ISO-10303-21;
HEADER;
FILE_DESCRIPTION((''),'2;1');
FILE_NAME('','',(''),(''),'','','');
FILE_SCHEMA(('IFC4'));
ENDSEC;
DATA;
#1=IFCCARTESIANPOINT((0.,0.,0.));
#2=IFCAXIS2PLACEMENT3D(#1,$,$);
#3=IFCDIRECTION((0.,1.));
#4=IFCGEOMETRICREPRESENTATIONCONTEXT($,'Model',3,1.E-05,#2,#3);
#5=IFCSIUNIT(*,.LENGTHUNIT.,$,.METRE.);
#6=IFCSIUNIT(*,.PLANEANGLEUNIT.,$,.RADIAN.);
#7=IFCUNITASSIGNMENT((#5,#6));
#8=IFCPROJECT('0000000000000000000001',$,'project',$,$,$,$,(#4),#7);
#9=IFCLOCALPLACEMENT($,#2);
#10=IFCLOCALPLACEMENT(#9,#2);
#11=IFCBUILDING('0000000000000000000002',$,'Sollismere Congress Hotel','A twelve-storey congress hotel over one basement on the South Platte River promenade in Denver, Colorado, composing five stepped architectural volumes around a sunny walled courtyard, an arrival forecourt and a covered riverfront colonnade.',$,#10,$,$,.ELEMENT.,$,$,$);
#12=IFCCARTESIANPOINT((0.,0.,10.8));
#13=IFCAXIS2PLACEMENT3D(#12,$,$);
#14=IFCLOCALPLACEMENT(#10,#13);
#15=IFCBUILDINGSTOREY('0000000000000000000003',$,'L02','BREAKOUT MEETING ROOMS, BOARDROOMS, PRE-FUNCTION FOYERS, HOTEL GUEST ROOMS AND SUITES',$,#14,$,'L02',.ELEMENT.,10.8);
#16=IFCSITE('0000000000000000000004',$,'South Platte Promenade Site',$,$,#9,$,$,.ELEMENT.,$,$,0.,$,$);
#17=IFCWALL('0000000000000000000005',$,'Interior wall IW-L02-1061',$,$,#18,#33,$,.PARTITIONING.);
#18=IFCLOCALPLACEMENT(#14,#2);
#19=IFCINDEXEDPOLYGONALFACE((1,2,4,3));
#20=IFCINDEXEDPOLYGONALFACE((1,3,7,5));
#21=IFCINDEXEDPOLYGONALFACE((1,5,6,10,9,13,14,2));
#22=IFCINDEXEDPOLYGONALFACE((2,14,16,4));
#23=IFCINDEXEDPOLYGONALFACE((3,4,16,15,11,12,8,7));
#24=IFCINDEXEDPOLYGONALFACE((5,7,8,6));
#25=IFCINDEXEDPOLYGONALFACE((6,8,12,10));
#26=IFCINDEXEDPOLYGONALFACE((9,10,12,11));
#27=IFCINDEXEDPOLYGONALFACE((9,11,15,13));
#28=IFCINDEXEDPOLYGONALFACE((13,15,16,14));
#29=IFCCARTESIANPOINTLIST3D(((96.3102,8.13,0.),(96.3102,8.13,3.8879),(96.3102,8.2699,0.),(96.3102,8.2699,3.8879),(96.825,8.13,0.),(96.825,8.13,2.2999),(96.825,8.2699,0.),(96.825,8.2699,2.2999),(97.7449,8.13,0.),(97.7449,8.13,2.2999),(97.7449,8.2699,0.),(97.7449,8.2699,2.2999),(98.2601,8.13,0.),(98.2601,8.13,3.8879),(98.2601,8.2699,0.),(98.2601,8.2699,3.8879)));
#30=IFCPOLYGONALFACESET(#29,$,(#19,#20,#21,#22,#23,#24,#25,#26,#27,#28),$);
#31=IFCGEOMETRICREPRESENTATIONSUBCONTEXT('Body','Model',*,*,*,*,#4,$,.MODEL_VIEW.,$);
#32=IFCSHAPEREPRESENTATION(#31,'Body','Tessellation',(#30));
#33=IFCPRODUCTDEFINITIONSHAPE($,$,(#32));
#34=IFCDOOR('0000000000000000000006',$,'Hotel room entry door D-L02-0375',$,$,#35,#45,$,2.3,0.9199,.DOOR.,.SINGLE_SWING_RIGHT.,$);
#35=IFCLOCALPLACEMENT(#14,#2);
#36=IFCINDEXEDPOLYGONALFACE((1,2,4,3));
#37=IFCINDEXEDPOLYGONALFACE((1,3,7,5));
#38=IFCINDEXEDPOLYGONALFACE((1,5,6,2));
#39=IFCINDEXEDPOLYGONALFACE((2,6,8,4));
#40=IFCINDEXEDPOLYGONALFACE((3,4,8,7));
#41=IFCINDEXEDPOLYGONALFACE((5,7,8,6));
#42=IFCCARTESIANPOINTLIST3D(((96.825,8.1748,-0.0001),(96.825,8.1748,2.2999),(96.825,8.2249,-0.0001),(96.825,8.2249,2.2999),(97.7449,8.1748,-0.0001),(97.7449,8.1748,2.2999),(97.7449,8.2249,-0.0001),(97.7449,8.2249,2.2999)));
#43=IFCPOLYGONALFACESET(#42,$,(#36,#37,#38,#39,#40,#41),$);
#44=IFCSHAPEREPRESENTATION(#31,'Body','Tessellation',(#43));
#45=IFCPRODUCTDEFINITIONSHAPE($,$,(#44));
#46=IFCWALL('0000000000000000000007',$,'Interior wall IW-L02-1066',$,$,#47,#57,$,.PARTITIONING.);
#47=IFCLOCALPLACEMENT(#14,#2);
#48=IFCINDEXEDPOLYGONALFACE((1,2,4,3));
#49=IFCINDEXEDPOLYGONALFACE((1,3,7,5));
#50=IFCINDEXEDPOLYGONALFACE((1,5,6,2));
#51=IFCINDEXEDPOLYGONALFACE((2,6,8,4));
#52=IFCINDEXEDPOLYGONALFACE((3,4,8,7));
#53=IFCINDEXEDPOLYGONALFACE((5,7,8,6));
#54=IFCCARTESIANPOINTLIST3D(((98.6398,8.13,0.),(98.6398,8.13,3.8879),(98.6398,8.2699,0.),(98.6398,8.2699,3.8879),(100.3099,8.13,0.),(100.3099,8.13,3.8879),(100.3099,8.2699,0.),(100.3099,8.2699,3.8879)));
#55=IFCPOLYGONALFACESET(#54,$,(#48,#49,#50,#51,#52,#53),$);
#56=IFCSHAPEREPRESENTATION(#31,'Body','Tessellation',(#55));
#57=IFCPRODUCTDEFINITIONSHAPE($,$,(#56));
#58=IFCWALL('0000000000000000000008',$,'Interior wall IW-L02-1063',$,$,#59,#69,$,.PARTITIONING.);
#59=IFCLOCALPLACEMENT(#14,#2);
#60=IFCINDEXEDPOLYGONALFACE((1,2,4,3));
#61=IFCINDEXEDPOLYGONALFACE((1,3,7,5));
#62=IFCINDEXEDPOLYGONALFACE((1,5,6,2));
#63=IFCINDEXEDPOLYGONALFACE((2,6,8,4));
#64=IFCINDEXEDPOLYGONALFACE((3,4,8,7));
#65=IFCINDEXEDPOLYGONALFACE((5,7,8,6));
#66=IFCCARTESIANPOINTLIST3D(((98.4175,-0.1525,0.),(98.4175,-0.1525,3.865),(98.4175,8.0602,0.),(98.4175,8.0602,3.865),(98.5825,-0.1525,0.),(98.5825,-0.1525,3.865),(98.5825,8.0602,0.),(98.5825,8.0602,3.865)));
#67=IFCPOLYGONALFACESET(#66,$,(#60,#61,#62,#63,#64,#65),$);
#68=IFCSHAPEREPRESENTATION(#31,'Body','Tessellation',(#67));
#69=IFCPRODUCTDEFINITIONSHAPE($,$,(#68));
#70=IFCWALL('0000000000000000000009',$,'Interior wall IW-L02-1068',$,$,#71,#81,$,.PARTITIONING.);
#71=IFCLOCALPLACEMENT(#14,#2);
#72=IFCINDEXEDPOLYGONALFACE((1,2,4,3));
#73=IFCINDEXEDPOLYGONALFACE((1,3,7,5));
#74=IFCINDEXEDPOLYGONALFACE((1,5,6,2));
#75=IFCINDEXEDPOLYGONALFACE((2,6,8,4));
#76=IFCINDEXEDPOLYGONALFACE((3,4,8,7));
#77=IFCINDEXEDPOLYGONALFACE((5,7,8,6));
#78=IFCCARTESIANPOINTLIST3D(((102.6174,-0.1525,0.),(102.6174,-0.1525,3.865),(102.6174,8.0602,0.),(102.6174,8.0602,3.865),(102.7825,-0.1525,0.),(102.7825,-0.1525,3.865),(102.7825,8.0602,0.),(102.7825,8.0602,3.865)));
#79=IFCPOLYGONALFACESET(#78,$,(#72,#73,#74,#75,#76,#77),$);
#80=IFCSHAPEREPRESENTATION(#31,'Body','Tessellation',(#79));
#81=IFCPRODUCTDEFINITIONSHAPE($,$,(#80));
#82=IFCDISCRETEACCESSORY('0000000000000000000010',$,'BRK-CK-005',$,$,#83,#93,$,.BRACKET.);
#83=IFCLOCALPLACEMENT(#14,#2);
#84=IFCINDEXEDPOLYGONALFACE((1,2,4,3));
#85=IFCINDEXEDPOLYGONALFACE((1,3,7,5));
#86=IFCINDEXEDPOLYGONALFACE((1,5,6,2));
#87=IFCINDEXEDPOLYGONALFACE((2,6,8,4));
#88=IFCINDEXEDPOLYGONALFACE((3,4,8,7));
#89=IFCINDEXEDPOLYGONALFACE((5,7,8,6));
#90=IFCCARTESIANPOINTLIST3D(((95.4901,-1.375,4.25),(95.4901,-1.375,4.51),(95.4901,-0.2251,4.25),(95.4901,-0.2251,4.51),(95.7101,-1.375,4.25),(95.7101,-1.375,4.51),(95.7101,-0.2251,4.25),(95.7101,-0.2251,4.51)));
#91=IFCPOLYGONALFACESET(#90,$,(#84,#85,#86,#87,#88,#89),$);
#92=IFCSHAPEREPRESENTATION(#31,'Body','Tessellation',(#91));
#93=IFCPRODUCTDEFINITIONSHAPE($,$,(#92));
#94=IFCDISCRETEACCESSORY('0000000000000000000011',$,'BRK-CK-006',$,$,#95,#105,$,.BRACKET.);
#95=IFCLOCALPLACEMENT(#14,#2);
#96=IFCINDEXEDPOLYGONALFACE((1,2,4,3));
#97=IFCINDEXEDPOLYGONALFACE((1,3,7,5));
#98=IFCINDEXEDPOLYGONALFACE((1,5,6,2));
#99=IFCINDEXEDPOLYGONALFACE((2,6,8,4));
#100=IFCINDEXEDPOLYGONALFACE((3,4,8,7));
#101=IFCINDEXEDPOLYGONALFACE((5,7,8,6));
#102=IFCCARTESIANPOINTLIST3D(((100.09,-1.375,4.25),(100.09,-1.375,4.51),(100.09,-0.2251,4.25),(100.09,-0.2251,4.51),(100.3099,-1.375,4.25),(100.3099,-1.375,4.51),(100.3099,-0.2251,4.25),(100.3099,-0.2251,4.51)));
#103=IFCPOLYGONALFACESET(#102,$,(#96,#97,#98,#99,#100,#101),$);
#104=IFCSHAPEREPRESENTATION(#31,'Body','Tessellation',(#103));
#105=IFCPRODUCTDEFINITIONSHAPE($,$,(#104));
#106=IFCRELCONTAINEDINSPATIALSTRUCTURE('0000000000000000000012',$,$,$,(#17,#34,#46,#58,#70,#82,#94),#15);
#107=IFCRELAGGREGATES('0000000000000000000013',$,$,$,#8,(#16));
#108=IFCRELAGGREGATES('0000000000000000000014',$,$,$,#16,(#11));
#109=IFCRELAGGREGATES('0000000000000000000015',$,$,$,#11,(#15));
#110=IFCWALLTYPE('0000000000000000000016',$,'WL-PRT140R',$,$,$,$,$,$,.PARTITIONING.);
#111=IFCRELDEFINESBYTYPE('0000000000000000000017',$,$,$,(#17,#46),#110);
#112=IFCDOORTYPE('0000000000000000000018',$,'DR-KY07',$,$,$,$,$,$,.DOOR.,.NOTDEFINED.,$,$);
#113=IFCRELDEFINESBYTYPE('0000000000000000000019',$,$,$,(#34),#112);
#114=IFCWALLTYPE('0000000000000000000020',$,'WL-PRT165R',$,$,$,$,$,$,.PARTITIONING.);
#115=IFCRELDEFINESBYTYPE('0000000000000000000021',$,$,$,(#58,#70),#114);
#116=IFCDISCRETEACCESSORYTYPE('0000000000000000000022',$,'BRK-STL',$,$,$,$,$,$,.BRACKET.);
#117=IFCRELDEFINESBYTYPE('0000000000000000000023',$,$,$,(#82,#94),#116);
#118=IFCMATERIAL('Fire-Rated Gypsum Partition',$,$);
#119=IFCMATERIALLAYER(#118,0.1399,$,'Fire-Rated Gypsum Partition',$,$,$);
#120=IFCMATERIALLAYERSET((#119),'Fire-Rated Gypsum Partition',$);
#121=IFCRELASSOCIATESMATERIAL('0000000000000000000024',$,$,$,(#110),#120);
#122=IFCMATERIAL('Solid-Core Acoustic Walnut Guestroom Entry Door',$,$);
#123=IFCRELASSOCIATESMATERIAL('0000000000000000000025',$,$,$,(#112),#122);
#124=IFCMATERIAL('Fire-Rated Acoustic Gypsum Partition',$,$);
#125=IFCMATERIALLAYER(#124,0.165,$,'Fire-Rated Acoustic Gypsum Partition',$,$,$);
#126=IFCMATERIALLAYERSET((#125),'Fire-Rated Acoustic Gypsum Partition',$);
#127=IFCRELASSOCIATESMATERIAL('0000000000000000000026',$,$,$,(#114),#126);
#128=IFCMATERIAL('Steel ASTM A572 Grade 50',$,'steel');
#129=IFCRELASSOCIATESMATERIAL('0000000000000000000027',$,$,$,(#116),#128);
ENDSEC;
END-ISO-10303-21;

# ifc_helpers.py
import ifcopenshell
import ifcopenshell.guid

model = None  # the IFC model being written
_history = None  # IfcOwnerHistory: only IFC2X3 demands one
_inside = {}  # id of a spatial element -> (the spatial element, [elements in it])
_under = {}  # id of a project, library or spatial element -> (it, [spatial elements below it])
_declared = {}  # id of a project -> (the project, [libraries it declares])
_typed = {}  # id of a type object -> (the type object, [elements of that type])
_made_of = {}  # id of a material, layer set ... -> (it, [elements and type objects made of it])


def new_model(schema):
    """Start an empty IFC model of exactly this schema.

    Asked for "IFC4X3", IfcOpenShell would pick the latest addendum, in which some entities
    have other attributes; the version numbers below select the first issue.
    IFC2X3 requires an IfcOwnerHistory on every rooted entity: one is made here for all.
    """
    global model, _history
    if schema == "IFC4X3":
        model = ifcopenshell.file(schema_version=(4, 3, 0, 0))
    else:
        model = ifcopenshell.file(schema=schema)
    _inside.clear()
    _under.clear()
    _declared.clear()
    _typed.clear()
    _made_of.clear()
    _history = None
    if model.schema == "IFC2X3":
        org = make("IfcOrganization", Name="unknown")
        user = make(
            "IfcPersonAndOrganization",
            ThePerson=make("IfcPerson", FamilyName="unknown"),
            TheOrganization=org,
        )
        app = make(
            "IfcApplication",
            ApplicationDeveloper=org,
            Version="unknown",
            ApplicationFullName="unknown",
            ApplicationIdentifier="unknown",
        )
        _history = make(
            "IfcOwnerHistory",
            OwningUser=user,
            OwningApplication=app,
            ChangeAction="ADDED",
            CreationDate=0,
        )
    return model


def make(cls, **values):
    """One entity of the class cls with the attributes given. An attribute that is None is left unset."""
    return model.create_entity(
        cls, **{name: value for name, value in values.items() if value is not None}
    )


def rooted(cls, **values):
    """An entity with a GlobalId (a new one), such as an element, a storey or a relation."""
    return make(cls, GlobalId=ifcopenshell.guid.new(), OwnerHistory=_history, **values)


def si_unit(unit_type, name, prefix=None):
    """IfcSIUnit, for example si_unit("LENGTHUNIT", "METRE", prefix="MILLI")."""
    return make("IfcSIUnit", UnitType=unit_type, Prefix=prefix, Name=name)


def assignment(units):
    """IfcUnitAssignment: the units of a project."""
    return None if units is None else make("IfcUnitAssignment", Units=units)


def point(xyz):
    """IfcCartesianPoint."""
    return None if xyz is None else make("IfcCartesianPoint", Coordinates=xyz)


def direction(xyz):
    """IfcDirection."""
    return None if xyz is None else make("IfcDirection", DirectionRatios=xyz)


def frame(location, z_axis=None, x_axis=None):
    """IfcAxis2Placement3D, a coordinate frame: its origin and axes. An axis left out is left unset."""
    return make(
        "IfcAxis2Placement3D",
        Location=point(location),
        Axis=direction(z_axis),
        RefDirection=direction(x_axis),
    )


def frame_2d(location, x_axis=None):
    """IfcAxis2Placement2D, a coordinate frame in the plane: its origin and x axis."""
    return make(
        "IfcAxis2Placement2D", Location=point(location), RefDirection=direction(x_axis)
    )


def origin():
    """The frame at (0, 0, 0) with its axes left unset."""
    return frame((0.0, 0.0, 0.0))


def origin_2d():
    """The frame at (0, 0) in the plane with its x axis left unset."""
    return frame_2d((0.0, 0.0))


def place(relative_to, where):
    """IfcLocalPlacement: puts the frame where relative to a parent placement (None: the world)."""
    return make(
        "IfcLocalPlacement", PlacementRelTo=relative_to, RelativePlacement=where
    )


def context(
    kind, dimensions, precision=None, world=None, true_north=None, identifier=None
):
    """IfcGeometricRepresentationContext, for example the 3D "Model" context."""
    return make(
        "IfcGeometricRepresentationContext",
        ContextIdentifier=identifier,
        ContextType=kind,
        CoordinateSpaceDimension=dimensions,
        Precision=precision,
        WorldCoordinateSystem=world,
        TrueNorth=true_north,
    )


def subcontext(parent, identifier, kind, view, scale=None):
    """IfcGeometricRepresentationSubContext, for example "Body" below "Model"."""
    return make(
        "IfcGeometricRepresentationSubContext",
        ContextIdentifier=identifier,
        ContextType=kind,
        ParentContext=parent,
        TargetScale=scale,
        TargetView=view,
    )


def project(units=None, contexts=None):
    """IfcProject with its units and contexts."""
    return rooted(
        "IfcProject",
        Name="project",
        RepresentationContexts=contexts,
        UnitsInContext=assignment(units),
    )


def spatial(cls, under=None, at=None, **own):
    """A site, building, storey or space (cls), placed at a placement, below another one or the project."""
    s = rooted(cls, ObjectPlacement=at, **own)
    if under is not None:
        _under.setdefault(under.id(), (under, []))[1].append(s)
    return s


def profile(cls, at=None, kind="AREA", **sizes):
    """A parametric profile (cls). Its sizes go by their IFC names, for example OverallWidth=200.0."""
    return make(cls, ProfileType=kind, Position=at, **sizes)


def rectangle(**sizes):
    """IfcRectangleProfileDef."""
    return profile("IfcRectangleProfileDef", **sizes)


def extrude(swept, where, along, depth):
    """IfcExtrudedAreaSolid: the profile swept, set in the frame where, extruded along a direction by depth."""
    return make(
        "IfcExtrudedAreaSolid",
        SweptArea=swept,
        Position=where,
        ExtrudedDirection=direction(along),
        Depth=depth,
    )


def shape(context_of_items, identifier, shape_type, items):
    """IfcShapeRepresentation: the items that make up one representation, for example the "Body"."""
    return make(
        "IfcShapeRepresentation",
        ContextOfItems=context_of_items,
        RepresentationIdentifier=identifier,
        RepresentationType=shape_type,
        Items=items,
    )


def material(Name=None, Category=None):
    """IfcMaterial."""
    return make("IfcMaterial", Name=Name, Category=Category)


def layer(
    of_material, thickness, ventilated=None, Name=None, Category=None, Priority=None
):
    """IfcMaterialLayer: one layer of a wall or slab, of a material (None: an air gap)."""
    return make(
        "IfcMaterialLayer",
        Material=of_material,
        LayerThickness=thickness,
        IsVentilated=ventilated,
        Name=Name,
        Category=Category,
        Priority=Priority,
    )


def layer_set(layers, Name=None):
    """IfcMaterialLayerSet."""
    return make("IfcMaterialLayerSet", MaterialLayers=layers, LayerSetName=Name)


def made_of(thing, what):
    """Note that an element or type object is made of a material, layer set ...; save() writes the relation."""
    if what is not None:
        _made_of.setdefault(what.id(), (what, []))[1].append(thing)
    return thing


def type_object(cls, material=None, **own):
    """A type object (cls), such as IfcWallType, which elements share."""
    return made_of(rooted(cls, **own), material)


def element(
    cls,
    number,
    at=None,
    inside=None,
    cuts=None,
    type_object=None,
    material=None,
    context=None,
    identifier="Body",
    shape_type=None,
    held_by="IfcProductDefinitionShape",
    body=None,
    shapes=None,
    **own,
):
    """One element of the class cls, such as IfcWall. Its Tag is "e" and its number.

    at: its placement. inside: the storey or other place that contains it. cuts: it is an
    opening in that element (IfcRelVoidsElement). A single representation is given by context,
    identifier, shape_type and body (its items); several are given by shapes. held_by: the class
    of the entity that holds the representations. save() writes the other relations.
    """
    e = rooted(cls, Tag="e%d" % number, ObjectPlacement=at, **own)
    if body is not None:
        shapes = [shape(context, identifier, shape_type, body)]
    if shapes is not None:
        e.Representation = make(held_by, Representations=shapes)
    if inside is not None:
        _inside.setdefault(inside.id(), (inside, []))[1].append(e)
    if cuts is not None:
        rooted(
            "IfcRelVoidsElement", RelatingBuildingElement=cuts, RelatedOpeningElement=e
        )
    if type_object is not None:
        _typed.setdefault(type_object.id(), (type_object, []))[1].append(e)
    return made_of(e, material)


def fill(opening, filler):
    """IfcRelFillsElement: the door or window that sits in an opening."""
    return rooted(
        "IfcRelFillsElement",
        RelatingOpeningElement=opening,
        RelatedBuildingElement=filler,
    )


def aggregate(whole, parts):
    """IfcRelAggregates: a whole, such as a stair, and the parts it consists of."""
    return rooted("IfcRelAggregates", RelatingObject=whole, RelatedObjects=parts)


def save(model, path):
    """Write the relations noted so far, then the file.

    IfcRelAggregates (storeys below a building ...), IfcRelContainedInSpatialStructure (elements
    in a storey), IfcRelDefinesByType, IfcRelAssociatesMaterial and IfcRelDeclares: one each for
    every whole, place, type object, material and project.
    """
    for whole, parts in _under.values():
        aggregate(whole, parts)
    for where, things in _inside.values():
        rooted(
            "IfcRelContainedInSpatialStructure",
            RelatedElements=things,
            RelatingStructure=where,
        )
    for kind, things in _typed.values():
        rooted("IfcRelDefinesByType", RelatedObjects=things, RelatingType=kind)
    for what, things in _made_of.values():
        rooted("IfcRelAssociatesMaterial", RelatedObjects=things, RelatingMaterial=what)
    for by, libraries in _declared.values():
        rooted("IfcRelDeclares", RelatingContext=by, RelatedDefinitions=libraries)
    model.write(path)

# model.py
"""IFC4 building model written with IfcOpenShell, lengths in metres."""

from ifc_helpers import new_model, si_unit, direction, frame, frame_2d, origin, origin_2d, place, context, subcontext, project, spatial, rectangle, extrude, material, layer, layer_set, type_object, element, fill, save


model = new_model("IFC4")

# Units and contexts
model_context = context("Model", 3, precision=1e-05, world=origin(), true_north=direction((0.0, 1.0)))
body_context = subcontext(model_context, "Body", "Model", "MODEL_VIEW")
ifc_project = project(units=[si_unit("LENGTHUNIT", "METRE"), si_unit("PLANEANGLEUNIT", "RADIAN")], contexts=[model_context])

# Site, building, storey
site_placement = place(None, origin())
site = spatial("IfcSite", under=ifc_project, at=site_placement, Name="South Platte Promenade Site", CompositionType="ELEMENT", RefElevation=0.0)
building_placement = place(site_placement, origin())
building = spatial("IfcBuilding", under=site, at=building_placement, Name="Sollismere Congress Hotel", Description="A twelve-storey congress hotel over one basement on the South Platte River promenade in Denver, Colorado, composing five stepped architectural volumes around a sunny walled courtyard, an arrival forecourt and a covered riverfront colonnade.", CompositionType="ELEMENT")
storey_placement = place(building_placement, frame((0.0, 0.0, 10.8)))
storey = spatial("IfcBuildingStorey", under=building, at=storey_placement, Name="L02", Description="BREAKOUT MEETING ROOMS, BOARDROOMS, PRE-FUNCTION FOYERS, HOTEL GUEST ROOMS AND SUITES", LongName="L02", CompositionType="ELEMENT", Elevation=10.8)

# Shared definitions
ifc_material_1 = material(Name="Fire-Rated Gypsum Partition")
ifc_layer_1 = layer(ifc_material_1, 0.1399, Name="Fire-Rated Gypsum Partition")
ifc_layer_set_1 = layer_set([ifc_layer_1], Name="Fire-Rated Gypsum Partition")
wall_type_1 = type_object("IfcWallType", Name="WL-PRT140R", PredefinedType="PARTITIONING", material=ifc_layer_set_1)

# Wall, opening, door
wall_1_placement = place(storey_placement, frame((96.3101, 8.2, 0.0), z_axis=(0.0, 0.0, 1.0), x_axis=(1.0, 0.0, 0.0)))
wall_1 = element("IfcWall", 1, at=wall_1_placement, inside=storey, type_object=wall_type_1, Name="Interior wall IW-L02-1061", PredefinedType="PARTITIONING", context=body_context, shape_type="SweptSolid", body=[
    extrude(rectangle(XDim=1.95, YDim=0.1399, at=frame_2d((0.9751, 0.0))), origin(), (0.0, 0.0, 1.0), 3.8879),
])
opening_1_placement = place(wall_1_placement, frame((0.5149, 0.0, 0.0)))
opening_1 = element("IfcOpeningElement", 2, at=opening_1_placement, cuts=wall_1, PredefinedType="OPENING", context=body_context, shape_type="SweptSolid", body=[
    extrude(rectangle(XDim=0.9199, YDim=2.3, at=frame_2d((0.46, 1.1499))), frame((0.0, 0.0798, 0.0), z_axis=(0.0, -1.0, 0.0), x_axis=(1.0, 0.0, 0.0)), (0.0, 0.0, 1.0), 0.1599),
])
ifc_material_2 = material(Name="Solid-Core Acoustic Walnut Guestroom Entry Door")
door_type_1 = type_object("IfcDoorType", Name="DR-KY07", OperationType="NOTDEFINED", PredefinedType="DOOR", material=ifc_material_2)
door_1_placement = place(opening_1_placement, origin())
door_1 = element("IfcDoor", 3, at=door_1_placement, inside=storey, type_object=door_type_1, Name="Hotel room entry door D-L02-0375", OperationType="SINGLE_SWING_RIGHT", OverallHeight=2.3, OverallWidth=0.9199, PredefinedType="DOOR", context=body_context, shape_type="SweptSolid", body=[
    extrude(rectangle(XDim=0.9199, YDim=2.3, at=frame_2d((0.46, 1.1499))), frame((0.0, 0.0249, 0.0), z_axis=(0.0, -1.0, 0.0), x_axis=(1.0, 0.0, 0.0)), (0.0, 0.0, 1.0), 0.05),
])
fill(opening_1, door_1)

# Walls
wall_2_placement = place(storey_placement, frame((98.6399, 8.2, 0.0), z_axis=(0.0, 0.0, 1.0), x_axis=(1.0, 0.0, 0.0)))
element("IfcWall", 4, at=wall_2_placement, inside=storey, type_object=wall_type_1, Name="Interior wall IW-L02-1066", PredefinedType="PARTITIONING", context=body_context, shape_type="SweptSolid", body=[
    extrude(rectangle(XDim=1.6702, YDim=0.1399, at=frame_2d((0.835, 0.0))), origin(), (0.0, 0.0, 1.0), 3.8879),
])
ifc_material_3 = material(Name="Fire-Rated Acoustic Gypsum Partition")
ifc_layer_2 = layer(ifc_material_3, 0.165, Name="Fire-Rated Acoustic Gypsum Partition")
ifc_layer_set_2 = layer_set([ifc_layer_2], Name="Fire-Rated Acoustic Gypsum Partition")
wall_type_2 = type_object("IfcWallType", Name="WL-PRT165R", PredefinedType="PARTITIONING", material=ifc_layer_set_2)
for number, where, z_axis, x_axis, name in (
    (5, (98.5, -0.1526, 0.0), (0.0, 0.0, 1.0), (0.0, 1.0, 0.0), "Interior wall IW-L02-1063"),
    (6, (102.7, -0.1526, 0.0), (0.0, 0.0, 1.0), (0.0, 1.0, 0.0), "Interior wall IW-L02-1068"),
):
    element("IfcWall", number, at=place(storey_placement, frame(where, z_axis=z_axis, x_axis=x_axis)), inside=storey, type_object=wall_type_2, Name=name, PredefinedType="PARTITIONING", context=body_context, shape_type="SweptSolid", body=[
        extrude(rectangle(XDim=8.2126, YDim=0.165, at=frame_2d((4.1064, 0.0))), origin(), (0.0, 0.0, 1.0), 3.865),
    ])

# Discrete accessories
ifc_material_4 = material(Name="Steel ASTM A572 Grade 50", Category="steel")
discrete_accessory_type = type_object("IfcDiscreteAccessoryType", Name="BRK-STL", PredefinedType="BRACKET", material=ifc_material_4)
for number, where, z_axis, x_axis, name in (
    (7, (95.6001, -0.8, 4.25), (0.0, 0.0, 1.0), (1.0, 0.0, 0.0), "BRK-CK-005"),
    (8, (100.2, -0.8, 4.25), (0.0, 0.0, 1.0), (1.0, 0.0, 0.0), "BRK-CK-006"),
):
    element("IfcDiscreteAccessory", number, at=place(storey_placement, frame(where, z_axis=z_axis, x_axis=x_axis)), inside=storey, type_object=discrete_accessory_type, Name=name, PredefinedType="BRACKET", context=body_context, shape_type="SweptSolid", body=[
        extrude(rectangle(XDim=0.22, YDim=1.1499, at=origin_2d()), origin(), (0.0, 0.0, 1.0), 0.26),
    ])

save(model, "model.ifc")
